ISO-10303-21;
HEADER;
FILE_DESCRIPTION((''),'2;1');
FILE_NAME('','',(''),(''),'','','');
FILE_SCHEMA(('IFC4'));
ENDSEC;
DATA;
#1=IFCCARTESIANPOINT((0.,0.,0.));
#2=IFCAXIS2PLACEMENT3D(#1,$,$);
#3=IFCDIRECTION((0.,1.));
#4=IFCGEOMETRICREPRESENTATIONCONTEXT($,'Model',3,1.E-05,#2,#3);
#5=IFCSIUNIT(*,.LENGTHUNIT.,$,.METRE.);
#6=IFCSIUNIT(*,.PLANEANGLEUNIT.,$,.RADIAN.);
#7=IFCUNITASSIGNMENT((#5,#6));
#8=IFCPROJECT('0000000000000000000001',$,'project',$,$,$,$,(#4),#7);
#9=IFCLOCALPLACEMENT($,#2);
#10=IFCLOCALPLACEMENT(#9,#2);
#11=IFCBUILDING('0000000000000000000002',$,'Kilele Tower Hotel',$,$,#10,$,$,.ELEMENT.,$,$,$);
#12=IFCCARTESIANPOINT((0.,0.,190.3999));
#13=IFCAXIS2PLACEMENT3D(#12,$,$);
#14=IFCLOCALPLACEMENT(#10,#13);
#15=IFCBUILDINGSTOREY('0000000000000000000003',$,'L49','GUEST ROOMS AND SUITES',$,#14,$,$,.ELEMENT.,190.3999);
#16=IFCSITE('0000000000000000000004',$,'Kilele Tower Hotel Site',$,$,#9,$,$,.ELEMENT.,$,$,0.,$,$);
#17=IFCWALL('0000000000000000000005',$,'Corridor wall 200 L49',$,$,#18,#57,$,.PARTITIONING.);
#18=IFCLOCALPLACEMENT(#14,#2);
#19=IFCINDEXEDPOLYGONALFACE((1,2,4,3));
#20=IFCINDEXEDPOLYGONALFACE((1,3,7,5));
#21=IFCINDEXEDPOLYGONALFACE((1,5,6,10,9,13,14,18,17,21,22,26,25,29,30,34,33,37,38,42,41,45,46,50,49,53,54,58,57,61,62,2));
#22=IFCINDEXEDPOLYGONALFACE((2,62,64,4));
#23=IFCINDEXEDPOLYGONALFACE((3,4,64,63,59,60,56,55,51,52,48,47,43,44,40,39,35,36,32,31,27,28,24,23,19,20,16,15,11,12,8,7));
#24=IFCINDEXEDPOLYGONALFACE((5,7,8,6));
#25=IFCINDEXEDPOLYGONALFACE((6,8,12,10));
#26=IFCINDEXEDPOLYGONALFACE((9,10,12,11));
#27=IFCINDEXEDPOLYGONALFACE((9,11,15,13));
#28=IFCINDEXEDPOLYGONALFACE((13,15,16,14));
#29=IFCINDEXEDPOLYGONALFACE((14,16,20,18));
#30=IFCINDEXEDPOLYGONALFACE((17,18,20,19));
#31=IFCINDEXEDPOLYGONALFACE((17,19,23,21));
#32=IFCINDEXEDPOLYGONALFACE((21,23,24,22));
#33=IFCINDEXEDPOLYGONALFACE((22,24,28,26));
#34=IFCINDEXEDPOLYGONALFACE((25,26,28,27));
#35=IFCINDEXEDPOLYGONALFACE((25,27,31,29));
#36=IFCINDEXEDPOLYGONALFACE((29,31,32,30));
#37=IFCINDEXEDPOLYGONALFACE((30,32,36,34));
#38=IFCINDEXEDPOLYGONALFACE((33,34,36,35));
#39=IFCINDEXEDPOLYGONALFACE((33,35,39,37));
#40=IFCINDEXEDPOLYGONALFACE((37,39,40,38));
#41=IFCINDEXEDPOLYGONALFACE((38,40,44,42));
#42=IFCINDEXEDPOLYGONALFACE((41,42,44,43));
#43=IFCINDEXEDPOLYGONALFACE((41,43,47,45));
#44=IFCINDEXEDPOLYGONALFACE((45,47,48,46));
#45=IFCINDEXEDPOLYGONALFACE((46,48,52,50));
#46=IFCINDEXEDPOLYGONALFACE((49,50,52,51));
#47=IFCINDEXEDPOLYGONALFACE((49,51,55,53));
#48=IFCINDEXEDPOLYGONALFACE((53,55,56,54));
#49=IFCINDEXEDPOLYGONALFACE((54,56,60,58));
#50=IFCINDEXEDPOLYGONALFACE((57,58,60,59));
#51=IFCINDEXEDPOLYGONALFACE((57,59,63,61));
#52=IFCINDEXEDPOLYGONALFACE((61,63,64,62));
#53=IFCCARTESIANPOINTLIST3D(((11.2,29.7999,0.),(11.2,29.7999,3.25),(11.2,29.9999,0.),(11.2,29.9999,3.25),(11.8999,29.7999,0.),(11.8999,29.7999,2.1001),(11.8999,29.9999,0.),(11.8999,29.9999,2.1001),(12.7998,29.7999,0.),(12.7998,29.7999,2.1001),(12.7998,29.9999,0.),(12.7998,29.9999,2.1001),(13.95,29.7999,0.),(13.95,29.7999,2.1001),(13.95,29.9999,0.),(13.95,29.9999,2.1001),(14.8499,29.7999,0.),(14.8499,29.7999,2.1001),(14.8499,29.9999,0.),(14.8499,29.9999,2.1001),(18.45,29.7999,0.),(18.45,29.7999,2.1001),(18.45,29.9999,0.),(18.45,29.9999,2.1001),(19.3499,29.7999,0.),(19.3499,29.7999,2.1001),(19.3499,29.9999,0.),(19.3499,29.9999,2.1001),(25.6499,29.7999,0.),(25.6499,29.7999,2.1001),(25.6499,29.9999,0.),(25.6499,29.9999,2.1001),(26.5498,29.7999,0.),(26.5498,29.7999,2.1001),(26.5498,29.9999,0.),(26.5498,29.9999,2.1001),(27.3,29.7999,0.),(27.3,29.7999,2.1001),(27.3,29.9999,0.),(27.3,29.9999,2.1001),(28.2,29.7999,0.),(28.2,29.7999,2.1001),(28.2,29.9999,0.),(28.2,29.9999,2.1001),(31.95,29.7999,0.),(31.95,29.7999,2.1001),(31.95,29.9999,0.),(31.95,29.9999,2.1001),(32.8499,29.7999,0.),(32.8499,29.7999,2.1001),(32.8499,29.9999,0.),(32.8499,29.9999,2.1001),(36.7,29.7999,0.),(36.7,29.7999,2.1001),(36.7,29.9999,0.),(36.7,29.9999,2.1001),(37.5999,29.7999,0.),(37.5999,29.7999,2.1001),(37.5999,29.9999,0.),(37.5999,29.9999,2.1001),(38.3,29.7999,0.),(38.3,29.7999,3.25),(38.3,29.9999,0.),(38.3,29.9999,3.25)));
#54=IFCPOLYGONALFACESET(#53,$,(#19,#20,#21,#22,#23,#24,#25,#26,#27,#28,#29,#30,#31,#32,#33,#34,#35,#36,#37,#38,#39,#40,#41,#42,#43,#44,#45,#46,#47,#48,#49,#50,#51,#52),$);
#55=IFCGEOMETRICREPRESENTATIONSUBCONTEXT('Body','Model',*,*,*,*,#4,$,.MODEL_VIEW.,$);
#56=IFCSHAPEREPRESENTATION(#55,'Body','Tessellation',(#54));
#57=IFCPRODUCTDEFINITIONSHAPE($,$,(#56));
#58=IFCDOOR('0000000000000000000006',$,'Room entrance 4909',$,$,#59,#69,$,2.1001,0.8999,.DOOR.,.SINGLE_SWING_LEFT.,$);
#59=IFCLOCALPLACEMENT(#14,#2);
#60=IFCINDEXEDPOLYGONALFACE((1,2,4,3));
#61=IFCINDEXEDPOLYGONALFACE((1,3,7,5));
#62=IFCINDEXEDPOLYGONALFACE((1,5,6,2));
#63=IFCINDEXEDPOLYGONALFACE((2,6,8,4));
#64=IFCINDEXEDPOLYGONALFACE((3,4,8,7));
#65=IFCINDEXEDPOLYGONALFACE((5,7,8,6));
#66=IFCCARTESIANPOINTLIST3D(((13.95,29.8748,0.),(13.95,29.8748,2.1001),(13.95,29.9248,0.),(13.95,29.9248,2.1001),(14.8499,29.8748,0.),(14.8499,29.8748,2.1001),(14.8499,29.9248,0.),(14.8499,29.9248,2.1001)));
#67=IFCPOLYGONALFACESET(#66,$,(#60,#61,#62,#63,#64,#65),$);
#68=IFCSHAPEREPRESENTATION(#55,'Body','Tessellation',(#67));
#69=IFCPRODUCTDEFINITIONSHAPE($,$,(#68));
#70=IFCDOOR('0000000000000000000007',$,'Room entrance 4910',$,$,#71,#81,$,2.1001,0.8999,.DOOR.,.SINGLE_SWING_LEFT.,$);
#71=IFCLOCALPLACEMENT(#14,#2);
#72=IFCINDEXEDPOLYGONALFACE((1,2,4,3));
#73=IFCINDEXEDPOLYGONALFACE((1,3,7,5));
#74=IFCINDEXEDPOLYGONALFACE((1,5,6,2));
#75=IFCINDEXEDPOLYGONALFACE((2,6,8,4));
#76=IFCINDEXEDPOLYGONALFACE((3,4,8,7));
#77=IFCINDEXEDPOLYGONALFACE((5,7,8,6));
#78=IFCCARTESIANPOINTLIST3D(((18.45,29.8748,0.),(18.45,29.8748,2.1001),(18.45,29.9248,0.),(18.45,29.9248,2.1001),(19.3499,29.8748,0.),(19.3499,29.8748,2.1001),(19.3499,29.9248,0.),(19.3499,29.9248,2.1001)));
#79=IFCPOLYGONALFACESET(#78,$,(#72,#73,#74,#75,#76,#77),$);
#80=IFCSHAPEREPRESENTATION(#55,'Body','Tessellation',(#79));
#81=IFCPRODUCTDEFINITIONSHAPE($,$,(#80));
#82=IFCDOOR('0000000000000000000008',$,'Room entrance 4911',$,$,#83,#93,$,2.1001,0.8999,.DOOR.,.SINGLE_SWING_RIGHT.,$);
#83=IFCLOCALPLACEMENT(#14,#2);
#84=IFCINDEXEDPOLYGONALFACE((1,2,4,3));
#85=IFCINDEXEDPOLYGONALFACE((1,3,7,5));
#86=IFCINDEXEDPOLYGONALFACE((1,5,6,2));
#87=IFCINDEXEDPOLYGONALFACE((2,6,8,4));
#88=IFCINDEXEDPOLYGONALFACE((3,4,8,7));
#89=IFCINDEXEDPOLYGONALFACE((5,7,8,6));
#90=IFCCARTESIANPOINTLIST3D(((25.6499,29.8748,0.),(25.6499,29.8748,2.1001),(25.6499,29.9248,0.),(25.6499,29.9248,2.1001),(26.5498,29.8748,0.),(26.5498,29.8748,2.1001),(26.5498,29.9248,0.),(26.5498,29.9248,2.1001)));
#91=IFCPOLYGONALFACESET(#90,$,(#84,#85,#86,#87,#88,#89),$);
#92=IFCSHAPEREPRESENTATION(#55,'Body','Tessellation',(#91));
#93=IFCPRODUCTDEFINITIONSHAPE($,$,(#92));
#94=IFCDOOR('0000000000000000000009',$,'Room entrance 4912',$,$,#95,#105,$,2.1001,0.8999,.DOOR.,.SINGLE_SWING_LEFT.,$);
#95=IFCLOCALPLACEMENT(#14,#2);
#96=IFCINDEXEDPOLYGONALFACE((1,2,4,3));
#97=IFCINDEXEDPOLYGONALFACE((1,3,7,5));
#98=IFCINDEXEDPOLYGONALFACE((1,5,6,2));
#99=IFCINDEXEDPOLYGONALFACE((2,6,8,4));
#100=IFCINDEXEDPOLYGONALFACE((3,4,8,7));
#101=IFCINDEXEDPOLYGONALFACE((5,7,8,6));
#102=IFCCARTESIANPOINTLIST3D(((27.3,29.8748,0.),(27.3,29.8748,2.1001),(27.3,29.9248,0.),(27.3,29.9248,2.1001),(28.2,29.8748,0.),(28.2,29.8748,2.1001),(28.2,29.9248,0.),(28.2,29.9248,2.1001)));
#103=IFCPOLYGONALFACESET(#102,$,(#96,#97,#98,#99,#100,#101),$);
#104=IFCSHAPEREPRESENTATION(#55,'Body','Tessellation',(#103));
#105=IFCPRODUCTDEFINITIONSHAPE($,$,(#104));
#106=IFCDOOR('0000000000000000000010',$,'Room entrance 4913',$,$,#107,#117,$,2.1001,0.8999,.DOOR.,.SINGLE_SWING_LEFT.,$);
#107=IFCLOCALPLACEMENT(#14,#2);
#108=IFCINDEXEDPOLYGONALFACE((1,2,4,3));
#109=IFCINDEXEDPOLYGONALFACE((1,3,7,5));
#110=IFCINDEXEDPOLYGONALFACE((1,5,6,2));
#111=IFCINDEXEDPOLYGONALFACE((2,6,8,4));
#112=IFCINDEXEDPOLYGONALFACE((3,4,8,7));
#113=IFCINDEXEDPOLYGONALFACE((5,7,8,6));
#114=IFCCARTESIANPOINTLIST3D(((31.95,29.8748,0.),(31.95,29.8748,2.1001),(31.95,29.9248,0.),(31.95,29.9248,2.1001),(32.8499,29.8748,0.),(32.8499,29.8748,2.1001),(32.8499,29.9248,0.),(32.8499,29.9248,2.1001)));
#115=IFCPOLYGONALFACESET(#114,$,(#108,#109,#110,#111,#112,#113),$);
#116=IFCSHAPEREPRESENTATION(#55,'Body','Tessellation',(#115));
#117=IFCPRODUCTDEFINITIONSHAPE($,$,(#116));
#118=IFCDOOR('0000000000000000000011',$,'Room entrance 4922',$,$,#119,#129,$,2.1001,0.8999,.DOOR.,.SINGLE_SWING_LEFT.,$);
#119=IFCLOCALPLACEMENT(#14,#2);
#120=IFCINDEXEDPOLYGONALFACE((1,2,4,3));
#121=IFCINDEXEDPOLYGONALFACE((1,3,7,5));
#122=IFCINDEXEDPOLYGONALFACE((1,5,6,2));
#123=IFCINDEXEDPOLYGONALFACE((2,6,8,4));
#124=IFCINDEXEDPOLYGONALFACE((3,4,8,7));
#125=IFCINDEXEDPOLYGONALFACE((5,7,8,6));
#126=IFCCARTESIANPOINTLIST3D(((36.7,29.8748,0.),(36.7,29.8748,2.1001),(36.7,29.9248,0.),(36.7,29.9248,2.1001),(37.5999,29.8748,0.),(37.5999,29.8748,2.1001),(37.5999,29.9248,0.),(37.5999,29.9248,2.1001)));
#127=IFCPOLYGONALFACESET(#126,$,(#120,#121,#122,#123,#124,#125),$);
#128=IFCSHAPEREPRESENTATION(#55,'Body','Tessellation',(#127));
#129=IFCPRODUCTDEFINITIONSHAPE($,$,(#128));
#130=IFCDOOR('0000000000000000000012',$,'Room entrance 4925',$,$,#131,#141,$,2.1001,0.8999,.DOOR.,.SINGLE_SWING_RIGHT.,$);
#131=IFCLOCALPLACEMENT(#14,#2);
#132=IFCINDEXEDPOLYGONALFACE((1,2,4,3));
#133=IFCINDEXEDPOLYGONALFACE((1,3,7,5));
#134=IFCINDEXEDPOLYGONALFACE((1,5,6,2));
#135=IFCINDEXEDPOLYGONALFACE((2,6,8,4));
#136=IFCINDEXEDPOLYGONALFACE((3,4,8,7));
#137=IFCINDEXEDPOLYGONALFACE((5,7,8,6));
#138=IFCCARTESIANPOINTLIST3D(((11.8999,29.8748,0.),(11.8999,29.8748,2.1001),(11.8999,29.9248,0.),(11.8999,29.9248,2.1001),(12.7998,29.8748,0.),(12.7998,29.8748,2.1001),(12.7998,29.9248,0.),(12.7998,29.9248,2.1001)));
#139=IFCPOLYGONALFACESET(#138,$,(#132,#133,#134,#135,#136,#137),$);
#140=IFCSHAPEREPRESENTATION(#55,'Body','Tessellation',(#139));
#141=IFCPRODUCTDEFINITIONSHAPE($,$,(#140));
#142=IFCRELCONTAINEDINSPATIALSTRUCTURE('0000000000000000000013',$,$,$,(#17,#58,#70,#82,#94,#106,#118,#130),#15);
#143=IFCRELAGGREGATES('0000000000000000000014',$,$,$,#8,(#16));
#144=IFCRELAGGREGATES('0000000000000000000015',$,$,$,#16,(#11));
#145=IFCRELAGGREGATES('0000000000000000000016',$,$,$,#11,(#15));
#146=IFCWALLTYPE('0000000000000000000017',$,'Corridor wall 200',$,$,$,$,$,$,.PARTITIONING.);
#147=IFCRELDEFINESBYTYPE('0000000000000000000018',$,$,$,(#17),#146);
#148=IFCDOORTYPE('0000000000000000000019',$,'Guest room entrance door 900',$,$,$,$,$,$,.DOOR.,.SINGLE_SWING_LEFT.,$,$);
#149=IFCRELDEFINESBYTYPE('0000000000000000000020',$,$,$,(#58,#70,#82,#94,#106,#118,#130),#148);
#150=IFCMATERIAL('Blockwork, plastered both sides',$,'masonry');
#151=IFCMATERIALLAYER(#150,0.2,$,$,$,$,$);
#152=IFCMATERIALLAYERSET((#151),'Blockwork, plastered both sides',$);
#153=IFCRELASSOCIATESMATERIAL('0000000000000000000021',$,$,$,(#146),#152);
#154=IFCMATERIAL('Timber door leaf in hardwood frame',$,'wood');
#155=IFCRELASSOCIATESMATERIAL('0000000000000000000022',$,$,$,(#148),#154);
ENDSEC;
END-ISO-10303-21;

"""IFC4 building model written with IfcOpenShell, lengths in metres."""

from ifc_helpers import new_model, si_unit, direction, frame, frame_2d, origin, place, context, subcontext, project, spatial, rectangle, extrude, material, layer, layer_set, type_object, element, fill, save


model = new_model("IFC4")

# Units and contexts
model_context = context("Model", 3, precision=1e-05, world=origin(), true_north=direction((0.0, 1.0)))
body_context = subcontext(model_context, "Body", "Model", "MODEL_VIEW")
ifc_project = project(units=[si_unit("LENGTHUNIT", "METRE"), si_unit("PLANEANGLEUNIT", "RADIAN")], contexts=[model_context])

# Site, building, storey
site_placement = place(None, origin())
site = spatial("IfcSite", under=ifc_project, at=site_placement, Name="Kilele Tower Hotel Site", CompositionType="ELEMENT", RefElevation=0.0)
building_placement = place(site_placement, origin())
building = spatial("IfcBuilding", under=site, at=building_placement, Name="Kilele Tower Hotel", CompositionType="ELEMENT")
storey_placement = place(building_placement, frame((0.0, 0.0, 190.3999)))
storey = spatial("IfcBuildingStorey", under=building, at=storey_placement, Name="L49", Description="GUEST ROOMS AND SUITES", CompositionType="ELEMENT", Elevation=190.3999)

# Wall, openings, doors
ifc_material_1 = material(Name="Blockwork, plastered both sides", Category="masonry")
ifc_layer_1 = layer(ifc_material_1, 0.2)
ifc_layer_set_1 = layer_set([ifc_layer_1], Name="Blockwork, plastered both sides")
wall_type_1 = type_object("IfcWallType", Name="Corridor wall 200", PredefinedType="PARTITIONING", material=ifc_layer_set_1)
wall_1_placement = place(storey_placement, frame((11.2, 29.8999, 0.0), z_axis=(0.0, 0.0, 1.0), x_axis=(1.0, 0.0, 0.0)))
wall_1 = element("IfcWall", 1, at=wall_1_placement, inside=storey, type_object=wall_type_1, Name="Corridor wall 200 L49", PredefinedType="PARTITIONING", context=body_context, shape_type="SweptSolid", body=[
    extrude(rectangle(XDim=27.1001, YDim=0.2, at=frame_2d((13.55, 0.0))), origin(), (0.0, 0.0, 1.0), 3.25),
])
opening_1_placement = place(wall_1_placement, frame((2.75, 0.0, 0.0)))
opening_1 = element("IfcOpeningElement", 2, at=opening_1_placement, cuts=wall_1, PredefinedType="OPENING", context=body_context, shape_type="SweptSolid", body=[
    extrude(rectangle(XDim=0.8999, YDim=2.1001, at=frame_2d((0.45, 1.05))), frame((0.0, 0.1099, 0.0), z_axis=(0.0, -1.0, 0.0), x_axis=(1.0, 0.0, 0.0)), (0.0, 0.0, 1.0), 0.22),
])
opening_2_placement = place(wall_1_placement, frame((7.25, 0.0, 0.0)))
opening_2 = element("IfcOpeningElement", 3, at=opening_2_placement, cuts=wall_1, PredefinedType="OPENING", context=body_context, shape_type="SweptSolid", body=[
    extrude(rectangle(XDim=0.8999, YDim=2.1001, at=frame_2d((0.45, 1.05))), frame((0.0, 0.1099, 0.0), z_axis=(0.0, -1.0, 0.0), x_axis=(1.0, 0.0, 0.0)), (0.0, 0.0, 1.0), 0.22),
])
opening_3_placement = place(wall_1_placement, frame((14.45, 0.0, 0.0)))
opening_3 = element("IfcOpeningElement", 4, at=opening_3_placement, cuts=wall_1, PredefinedType="OPENING", context=body_context, shape_type="SweptSolid", body=[
    extrude(rectangle(XDim=0.8999, YDim=2.1001, at=frame_2d((0.45, 1.05))), frame((0.0, 0.1099, 0.0), z_axis=(0.0, -1.0, 0.0), x_axis=(1.0, 0.0, 0.0)), (0.0, 0.0, 1.0), 0.22),
])
opening_4_placement = place(wall_1_placement, frame((16.1001, 0.0, 0.0)))
opening_4 = element("IfcOpeningElement", 5, at=opening_4_placement, cuts=wall_1, PredefinedType="OPENING", context=body_context, shape_type="SweptSolid", body=[
    extrude(rectangle(XDim=0.8999, YDim=2.1001, at=frame_2d((0.45, 1.05))), frame((0.0, 0.1099, 0.0), z_axis=(0.0, -1.0, 0.0), x_axis=(1.0, 0.0, 0.0)), (0.0, 0.0, 1.0), 0.22),
])
opening_5_placement = place(wall_1_placement, frame((20.75, 0.0, 0.0)))
opening_5 = element("IfcOpeningElement", 6, at=opening_5_placement, cuts=wall_1, PredefinedType="OPENING", context=body_context, shape_type="SweptSolid", body=[
    extrude(rectangle(XDim=0.8999, YDim=2.1001, at=frame_2d((0.45, 1.05))), frame((0.0, 0.1099, 0.0), z_axis=(0.0, -1.0, 0.0), x_axis=(1.0, 0.0, 0.0)), (0.0, 0.0, 1.0), 0.22),
])
opening_6_placement = place(wall_1_placement, frame((25.5, 0.0, 0.0)))
opening_6 = element("IfcOpeningElement", 7, at=opening_6_placement, cuts=wall_1, PredefinedType="OPENING", context=body_context, shape_type="SweptSolid", body=[
    extrude(rectangle(XDim=0.8999, YDim=2.1001, at=frame_2d((0.45, 1.05))), frame((0.0, 0.1099, 0.0), z_axis=(0.0, -1.0, 0.0), x_axis=(1.0, 0.0, 0.0)), (0.0, 0.0, 1.0), 0.22),
])
opening_7_placement = place(wall_1_placement, frame((0.7, 0.0, 0.0)))
opening_7 = element("IfcOpeningElement", 8, at=opening_7_placement, cuts=wall_1, PredefinedType="OPENING", context=body_context, shape_type="SweptSolid", body=[
    extrude(rectangle(XDim=0.8999, YDim=2.1001, at=frame_2d((0.45, 1.05))), frame((0.0, 0.1099, 0.0), z_axis=(0.0, -1.0, 0.0), x_axis=(1.0, 0.0, 0.0)), (0.0, 0.0, 1.0), 0.22),
])
ifc_material_2 = material(Name="Timber door leaf in hardwood frame", Category="wood")
door_type_1 = type_object("IfcDoorType", Name="Guest room entrance door 900", OperationType="SINGLE_SWING_LEFT", PredefinedType="DOOR", material=ifc_material_2)
door_1_placement = place(opening_1_placement, origin())
door_1 = element("IfcDoor", 9, at=door_1_placement, inside=storey, type_object=door_type_1, Name="Room entrance 4909", OperationType="SINGLE_SWING_LEFT", OverallHeight=2.1001, OverallWidth=0.8999, PredefinedType="DOOR", context=body_context, shape_type="SweptSolid", body=[
    extrude(rectangle(XDim=0.8999, YDim=2.1001, at=frame_2d((0.45, 1.05))), frame((0.0, 0.0249, 0.0), z_axis=(0.0, -1.0, 0.0), x_axis=(1.0, 0.0, 0.0)), (0.0, 0.0, 1.0), 0.05),
])
fill(opening_1, door_1)
door_2_placement = place(opening_2_placement, origin())
door_2 = element("IfcDoor", 10, at=door_2_placement, inside=storey, type_object=door_type_1, Name="Room entrance 4910", OperationType="SINGLE_SWING_LEFT", OverallHeight=2.1001, OverallWidth=0.8999, PredefinedType="DOOR", context=body_context, shape_type="SweptSolid", body=[
    extrude(rectangle(XDim=0.8999, YDim=2.1001, at=frame_2d((0.45, 1.05))), frame((0.0, 0.0249, 0.0), z_axis=(0.0, -1.0, 0.0), x_axis=(1.0, 0.0, 0.0)), (0.0, 0.0, 1.0), 0.05),
])
fill(opening_2, door_2)
door_3_placement = place(opening_3_placement, origin())
door_3 = element("IfcDoor", 11, at=door_3_placement, inside=storey, type_object=door_type_1, Name="Room entrance 4911", OperationType="SINGLE_SWING_RIGHT", OverallHeight=2.1001, OverallWidth=0.8999, PredefinedType="DOOR", context=body_context, shape_type="SweptSolid", body=[
    extrude(rectangle(XDim=0.8999, YDim=2.1001, at=frame_2d((0.45, 1.05))), frame((0.0, 0.0249, 0.0), z_axis=(0.0, -1.0, 0.0), x_axis=(1.0, 0.0, 0.0)), (0.0, 0.0, 1.0), 0.05),
])
fill(opening_3, door_3)
door_4_placement = place(opening_4_placement, origin())
door_4 = element("IfcDoor", 12, at=door_4_placement, inside=storey, type_object=door_type_1, Name="Room entrance 4912", OperationType="SINGLE_SWING_LEFT", OverallHeight=2.1001, OverallWidth=0.8999, PredefinedType="DOOR", context=body_context, shape_type="SweptSolid", body=[
    extrude(rectangle(XDim=0.8999, YDim=2.1001, at=frame_2d((0.45, 1.05))), frame((0.0, 0.0249, 0.0), z_axis=(0.0, -1.0, 0.0), x_axis=(1.0, 0.0, 0.0)), (0.0, 0.0, 1.0), 0.05),
])
fill(opening_4, door_4)
door_5_placement = place(opening_5_placement, origin())
door_5 = element("IfcDoor", 13, at=door_5_placement, inside=storey, type_object=door_type_1, Name="Room entrance 4913", OperationType="SINGLE_SWING_LEFT", OverallHeight=2.1001, OverallWidth=0.8999, PredefinedType="DOOR", context=body_context, shape_type="SweptSolid", body=[
    extrude(rectangle(XDim=0.8999, YDim=2.1001, at=frame_2d((0.45, 1.05))), frame((0.0, 0.0249, 0.0), z_axis=(0.0, -1.0, 0.0), x_axis=(1.0, 0.0, 0.0)), (0.0, 0.0, 1.0), 0.05),
])
fill(opening_5, door_5)
door_6_placement = place(opening_6_placement, origin())
door_6 = element("IfcDoor", 14, at=door_6_placement, inside=storey, type_object=door_type_1, Name="Room entrance 4922", OperationType="SINGLE_SWING_LEFT", OverallHeight=2.1001, OverallWidth=0.8999, PredefinedType="DOOR", context=body_context, shape_type="SweptSolid", body=[
    extrude(rectangle(XDim=0.8999, YDim=2.1001, at=frame_2d((0.45, 1.05))), frame((0.0, 0.0249, 0.0), z_axis=(0.0, -1.0, 0.0), x_axis=(1.0, 0.0, 0.0)), (0.0, 0.0, 1.0), 0.05),
])
fill(opening_6, door_6)
door_7_placement = place(opening_7_placement, origin())
door_7 = element("IfcDoor", 15, at=door_7_placement, inside=storey, type_object=door_type_1, Name="Room entrance 4925", OperationType="SINGLE_SWING_RIGHT", OverallHeight=2.1001, OverallWidth=0.8999, PredefinedType="DOOR", context=body_context, shape_type="SweptSolid", body=[
    extrude(rectangle(XDim=0.8999, YDim=2.1001, at=frame_2d((0.45, 1.05))), frame((0.0, 0.0249, 0.0), z_axis=(0.0, -1.0, 0.0), x_axis=(1.0, 0.0, 0.0)), (0.0, 0.0, 1.0), 0.05),
])
fill(opening_7, door_7)

save(model, "model.ifc")
